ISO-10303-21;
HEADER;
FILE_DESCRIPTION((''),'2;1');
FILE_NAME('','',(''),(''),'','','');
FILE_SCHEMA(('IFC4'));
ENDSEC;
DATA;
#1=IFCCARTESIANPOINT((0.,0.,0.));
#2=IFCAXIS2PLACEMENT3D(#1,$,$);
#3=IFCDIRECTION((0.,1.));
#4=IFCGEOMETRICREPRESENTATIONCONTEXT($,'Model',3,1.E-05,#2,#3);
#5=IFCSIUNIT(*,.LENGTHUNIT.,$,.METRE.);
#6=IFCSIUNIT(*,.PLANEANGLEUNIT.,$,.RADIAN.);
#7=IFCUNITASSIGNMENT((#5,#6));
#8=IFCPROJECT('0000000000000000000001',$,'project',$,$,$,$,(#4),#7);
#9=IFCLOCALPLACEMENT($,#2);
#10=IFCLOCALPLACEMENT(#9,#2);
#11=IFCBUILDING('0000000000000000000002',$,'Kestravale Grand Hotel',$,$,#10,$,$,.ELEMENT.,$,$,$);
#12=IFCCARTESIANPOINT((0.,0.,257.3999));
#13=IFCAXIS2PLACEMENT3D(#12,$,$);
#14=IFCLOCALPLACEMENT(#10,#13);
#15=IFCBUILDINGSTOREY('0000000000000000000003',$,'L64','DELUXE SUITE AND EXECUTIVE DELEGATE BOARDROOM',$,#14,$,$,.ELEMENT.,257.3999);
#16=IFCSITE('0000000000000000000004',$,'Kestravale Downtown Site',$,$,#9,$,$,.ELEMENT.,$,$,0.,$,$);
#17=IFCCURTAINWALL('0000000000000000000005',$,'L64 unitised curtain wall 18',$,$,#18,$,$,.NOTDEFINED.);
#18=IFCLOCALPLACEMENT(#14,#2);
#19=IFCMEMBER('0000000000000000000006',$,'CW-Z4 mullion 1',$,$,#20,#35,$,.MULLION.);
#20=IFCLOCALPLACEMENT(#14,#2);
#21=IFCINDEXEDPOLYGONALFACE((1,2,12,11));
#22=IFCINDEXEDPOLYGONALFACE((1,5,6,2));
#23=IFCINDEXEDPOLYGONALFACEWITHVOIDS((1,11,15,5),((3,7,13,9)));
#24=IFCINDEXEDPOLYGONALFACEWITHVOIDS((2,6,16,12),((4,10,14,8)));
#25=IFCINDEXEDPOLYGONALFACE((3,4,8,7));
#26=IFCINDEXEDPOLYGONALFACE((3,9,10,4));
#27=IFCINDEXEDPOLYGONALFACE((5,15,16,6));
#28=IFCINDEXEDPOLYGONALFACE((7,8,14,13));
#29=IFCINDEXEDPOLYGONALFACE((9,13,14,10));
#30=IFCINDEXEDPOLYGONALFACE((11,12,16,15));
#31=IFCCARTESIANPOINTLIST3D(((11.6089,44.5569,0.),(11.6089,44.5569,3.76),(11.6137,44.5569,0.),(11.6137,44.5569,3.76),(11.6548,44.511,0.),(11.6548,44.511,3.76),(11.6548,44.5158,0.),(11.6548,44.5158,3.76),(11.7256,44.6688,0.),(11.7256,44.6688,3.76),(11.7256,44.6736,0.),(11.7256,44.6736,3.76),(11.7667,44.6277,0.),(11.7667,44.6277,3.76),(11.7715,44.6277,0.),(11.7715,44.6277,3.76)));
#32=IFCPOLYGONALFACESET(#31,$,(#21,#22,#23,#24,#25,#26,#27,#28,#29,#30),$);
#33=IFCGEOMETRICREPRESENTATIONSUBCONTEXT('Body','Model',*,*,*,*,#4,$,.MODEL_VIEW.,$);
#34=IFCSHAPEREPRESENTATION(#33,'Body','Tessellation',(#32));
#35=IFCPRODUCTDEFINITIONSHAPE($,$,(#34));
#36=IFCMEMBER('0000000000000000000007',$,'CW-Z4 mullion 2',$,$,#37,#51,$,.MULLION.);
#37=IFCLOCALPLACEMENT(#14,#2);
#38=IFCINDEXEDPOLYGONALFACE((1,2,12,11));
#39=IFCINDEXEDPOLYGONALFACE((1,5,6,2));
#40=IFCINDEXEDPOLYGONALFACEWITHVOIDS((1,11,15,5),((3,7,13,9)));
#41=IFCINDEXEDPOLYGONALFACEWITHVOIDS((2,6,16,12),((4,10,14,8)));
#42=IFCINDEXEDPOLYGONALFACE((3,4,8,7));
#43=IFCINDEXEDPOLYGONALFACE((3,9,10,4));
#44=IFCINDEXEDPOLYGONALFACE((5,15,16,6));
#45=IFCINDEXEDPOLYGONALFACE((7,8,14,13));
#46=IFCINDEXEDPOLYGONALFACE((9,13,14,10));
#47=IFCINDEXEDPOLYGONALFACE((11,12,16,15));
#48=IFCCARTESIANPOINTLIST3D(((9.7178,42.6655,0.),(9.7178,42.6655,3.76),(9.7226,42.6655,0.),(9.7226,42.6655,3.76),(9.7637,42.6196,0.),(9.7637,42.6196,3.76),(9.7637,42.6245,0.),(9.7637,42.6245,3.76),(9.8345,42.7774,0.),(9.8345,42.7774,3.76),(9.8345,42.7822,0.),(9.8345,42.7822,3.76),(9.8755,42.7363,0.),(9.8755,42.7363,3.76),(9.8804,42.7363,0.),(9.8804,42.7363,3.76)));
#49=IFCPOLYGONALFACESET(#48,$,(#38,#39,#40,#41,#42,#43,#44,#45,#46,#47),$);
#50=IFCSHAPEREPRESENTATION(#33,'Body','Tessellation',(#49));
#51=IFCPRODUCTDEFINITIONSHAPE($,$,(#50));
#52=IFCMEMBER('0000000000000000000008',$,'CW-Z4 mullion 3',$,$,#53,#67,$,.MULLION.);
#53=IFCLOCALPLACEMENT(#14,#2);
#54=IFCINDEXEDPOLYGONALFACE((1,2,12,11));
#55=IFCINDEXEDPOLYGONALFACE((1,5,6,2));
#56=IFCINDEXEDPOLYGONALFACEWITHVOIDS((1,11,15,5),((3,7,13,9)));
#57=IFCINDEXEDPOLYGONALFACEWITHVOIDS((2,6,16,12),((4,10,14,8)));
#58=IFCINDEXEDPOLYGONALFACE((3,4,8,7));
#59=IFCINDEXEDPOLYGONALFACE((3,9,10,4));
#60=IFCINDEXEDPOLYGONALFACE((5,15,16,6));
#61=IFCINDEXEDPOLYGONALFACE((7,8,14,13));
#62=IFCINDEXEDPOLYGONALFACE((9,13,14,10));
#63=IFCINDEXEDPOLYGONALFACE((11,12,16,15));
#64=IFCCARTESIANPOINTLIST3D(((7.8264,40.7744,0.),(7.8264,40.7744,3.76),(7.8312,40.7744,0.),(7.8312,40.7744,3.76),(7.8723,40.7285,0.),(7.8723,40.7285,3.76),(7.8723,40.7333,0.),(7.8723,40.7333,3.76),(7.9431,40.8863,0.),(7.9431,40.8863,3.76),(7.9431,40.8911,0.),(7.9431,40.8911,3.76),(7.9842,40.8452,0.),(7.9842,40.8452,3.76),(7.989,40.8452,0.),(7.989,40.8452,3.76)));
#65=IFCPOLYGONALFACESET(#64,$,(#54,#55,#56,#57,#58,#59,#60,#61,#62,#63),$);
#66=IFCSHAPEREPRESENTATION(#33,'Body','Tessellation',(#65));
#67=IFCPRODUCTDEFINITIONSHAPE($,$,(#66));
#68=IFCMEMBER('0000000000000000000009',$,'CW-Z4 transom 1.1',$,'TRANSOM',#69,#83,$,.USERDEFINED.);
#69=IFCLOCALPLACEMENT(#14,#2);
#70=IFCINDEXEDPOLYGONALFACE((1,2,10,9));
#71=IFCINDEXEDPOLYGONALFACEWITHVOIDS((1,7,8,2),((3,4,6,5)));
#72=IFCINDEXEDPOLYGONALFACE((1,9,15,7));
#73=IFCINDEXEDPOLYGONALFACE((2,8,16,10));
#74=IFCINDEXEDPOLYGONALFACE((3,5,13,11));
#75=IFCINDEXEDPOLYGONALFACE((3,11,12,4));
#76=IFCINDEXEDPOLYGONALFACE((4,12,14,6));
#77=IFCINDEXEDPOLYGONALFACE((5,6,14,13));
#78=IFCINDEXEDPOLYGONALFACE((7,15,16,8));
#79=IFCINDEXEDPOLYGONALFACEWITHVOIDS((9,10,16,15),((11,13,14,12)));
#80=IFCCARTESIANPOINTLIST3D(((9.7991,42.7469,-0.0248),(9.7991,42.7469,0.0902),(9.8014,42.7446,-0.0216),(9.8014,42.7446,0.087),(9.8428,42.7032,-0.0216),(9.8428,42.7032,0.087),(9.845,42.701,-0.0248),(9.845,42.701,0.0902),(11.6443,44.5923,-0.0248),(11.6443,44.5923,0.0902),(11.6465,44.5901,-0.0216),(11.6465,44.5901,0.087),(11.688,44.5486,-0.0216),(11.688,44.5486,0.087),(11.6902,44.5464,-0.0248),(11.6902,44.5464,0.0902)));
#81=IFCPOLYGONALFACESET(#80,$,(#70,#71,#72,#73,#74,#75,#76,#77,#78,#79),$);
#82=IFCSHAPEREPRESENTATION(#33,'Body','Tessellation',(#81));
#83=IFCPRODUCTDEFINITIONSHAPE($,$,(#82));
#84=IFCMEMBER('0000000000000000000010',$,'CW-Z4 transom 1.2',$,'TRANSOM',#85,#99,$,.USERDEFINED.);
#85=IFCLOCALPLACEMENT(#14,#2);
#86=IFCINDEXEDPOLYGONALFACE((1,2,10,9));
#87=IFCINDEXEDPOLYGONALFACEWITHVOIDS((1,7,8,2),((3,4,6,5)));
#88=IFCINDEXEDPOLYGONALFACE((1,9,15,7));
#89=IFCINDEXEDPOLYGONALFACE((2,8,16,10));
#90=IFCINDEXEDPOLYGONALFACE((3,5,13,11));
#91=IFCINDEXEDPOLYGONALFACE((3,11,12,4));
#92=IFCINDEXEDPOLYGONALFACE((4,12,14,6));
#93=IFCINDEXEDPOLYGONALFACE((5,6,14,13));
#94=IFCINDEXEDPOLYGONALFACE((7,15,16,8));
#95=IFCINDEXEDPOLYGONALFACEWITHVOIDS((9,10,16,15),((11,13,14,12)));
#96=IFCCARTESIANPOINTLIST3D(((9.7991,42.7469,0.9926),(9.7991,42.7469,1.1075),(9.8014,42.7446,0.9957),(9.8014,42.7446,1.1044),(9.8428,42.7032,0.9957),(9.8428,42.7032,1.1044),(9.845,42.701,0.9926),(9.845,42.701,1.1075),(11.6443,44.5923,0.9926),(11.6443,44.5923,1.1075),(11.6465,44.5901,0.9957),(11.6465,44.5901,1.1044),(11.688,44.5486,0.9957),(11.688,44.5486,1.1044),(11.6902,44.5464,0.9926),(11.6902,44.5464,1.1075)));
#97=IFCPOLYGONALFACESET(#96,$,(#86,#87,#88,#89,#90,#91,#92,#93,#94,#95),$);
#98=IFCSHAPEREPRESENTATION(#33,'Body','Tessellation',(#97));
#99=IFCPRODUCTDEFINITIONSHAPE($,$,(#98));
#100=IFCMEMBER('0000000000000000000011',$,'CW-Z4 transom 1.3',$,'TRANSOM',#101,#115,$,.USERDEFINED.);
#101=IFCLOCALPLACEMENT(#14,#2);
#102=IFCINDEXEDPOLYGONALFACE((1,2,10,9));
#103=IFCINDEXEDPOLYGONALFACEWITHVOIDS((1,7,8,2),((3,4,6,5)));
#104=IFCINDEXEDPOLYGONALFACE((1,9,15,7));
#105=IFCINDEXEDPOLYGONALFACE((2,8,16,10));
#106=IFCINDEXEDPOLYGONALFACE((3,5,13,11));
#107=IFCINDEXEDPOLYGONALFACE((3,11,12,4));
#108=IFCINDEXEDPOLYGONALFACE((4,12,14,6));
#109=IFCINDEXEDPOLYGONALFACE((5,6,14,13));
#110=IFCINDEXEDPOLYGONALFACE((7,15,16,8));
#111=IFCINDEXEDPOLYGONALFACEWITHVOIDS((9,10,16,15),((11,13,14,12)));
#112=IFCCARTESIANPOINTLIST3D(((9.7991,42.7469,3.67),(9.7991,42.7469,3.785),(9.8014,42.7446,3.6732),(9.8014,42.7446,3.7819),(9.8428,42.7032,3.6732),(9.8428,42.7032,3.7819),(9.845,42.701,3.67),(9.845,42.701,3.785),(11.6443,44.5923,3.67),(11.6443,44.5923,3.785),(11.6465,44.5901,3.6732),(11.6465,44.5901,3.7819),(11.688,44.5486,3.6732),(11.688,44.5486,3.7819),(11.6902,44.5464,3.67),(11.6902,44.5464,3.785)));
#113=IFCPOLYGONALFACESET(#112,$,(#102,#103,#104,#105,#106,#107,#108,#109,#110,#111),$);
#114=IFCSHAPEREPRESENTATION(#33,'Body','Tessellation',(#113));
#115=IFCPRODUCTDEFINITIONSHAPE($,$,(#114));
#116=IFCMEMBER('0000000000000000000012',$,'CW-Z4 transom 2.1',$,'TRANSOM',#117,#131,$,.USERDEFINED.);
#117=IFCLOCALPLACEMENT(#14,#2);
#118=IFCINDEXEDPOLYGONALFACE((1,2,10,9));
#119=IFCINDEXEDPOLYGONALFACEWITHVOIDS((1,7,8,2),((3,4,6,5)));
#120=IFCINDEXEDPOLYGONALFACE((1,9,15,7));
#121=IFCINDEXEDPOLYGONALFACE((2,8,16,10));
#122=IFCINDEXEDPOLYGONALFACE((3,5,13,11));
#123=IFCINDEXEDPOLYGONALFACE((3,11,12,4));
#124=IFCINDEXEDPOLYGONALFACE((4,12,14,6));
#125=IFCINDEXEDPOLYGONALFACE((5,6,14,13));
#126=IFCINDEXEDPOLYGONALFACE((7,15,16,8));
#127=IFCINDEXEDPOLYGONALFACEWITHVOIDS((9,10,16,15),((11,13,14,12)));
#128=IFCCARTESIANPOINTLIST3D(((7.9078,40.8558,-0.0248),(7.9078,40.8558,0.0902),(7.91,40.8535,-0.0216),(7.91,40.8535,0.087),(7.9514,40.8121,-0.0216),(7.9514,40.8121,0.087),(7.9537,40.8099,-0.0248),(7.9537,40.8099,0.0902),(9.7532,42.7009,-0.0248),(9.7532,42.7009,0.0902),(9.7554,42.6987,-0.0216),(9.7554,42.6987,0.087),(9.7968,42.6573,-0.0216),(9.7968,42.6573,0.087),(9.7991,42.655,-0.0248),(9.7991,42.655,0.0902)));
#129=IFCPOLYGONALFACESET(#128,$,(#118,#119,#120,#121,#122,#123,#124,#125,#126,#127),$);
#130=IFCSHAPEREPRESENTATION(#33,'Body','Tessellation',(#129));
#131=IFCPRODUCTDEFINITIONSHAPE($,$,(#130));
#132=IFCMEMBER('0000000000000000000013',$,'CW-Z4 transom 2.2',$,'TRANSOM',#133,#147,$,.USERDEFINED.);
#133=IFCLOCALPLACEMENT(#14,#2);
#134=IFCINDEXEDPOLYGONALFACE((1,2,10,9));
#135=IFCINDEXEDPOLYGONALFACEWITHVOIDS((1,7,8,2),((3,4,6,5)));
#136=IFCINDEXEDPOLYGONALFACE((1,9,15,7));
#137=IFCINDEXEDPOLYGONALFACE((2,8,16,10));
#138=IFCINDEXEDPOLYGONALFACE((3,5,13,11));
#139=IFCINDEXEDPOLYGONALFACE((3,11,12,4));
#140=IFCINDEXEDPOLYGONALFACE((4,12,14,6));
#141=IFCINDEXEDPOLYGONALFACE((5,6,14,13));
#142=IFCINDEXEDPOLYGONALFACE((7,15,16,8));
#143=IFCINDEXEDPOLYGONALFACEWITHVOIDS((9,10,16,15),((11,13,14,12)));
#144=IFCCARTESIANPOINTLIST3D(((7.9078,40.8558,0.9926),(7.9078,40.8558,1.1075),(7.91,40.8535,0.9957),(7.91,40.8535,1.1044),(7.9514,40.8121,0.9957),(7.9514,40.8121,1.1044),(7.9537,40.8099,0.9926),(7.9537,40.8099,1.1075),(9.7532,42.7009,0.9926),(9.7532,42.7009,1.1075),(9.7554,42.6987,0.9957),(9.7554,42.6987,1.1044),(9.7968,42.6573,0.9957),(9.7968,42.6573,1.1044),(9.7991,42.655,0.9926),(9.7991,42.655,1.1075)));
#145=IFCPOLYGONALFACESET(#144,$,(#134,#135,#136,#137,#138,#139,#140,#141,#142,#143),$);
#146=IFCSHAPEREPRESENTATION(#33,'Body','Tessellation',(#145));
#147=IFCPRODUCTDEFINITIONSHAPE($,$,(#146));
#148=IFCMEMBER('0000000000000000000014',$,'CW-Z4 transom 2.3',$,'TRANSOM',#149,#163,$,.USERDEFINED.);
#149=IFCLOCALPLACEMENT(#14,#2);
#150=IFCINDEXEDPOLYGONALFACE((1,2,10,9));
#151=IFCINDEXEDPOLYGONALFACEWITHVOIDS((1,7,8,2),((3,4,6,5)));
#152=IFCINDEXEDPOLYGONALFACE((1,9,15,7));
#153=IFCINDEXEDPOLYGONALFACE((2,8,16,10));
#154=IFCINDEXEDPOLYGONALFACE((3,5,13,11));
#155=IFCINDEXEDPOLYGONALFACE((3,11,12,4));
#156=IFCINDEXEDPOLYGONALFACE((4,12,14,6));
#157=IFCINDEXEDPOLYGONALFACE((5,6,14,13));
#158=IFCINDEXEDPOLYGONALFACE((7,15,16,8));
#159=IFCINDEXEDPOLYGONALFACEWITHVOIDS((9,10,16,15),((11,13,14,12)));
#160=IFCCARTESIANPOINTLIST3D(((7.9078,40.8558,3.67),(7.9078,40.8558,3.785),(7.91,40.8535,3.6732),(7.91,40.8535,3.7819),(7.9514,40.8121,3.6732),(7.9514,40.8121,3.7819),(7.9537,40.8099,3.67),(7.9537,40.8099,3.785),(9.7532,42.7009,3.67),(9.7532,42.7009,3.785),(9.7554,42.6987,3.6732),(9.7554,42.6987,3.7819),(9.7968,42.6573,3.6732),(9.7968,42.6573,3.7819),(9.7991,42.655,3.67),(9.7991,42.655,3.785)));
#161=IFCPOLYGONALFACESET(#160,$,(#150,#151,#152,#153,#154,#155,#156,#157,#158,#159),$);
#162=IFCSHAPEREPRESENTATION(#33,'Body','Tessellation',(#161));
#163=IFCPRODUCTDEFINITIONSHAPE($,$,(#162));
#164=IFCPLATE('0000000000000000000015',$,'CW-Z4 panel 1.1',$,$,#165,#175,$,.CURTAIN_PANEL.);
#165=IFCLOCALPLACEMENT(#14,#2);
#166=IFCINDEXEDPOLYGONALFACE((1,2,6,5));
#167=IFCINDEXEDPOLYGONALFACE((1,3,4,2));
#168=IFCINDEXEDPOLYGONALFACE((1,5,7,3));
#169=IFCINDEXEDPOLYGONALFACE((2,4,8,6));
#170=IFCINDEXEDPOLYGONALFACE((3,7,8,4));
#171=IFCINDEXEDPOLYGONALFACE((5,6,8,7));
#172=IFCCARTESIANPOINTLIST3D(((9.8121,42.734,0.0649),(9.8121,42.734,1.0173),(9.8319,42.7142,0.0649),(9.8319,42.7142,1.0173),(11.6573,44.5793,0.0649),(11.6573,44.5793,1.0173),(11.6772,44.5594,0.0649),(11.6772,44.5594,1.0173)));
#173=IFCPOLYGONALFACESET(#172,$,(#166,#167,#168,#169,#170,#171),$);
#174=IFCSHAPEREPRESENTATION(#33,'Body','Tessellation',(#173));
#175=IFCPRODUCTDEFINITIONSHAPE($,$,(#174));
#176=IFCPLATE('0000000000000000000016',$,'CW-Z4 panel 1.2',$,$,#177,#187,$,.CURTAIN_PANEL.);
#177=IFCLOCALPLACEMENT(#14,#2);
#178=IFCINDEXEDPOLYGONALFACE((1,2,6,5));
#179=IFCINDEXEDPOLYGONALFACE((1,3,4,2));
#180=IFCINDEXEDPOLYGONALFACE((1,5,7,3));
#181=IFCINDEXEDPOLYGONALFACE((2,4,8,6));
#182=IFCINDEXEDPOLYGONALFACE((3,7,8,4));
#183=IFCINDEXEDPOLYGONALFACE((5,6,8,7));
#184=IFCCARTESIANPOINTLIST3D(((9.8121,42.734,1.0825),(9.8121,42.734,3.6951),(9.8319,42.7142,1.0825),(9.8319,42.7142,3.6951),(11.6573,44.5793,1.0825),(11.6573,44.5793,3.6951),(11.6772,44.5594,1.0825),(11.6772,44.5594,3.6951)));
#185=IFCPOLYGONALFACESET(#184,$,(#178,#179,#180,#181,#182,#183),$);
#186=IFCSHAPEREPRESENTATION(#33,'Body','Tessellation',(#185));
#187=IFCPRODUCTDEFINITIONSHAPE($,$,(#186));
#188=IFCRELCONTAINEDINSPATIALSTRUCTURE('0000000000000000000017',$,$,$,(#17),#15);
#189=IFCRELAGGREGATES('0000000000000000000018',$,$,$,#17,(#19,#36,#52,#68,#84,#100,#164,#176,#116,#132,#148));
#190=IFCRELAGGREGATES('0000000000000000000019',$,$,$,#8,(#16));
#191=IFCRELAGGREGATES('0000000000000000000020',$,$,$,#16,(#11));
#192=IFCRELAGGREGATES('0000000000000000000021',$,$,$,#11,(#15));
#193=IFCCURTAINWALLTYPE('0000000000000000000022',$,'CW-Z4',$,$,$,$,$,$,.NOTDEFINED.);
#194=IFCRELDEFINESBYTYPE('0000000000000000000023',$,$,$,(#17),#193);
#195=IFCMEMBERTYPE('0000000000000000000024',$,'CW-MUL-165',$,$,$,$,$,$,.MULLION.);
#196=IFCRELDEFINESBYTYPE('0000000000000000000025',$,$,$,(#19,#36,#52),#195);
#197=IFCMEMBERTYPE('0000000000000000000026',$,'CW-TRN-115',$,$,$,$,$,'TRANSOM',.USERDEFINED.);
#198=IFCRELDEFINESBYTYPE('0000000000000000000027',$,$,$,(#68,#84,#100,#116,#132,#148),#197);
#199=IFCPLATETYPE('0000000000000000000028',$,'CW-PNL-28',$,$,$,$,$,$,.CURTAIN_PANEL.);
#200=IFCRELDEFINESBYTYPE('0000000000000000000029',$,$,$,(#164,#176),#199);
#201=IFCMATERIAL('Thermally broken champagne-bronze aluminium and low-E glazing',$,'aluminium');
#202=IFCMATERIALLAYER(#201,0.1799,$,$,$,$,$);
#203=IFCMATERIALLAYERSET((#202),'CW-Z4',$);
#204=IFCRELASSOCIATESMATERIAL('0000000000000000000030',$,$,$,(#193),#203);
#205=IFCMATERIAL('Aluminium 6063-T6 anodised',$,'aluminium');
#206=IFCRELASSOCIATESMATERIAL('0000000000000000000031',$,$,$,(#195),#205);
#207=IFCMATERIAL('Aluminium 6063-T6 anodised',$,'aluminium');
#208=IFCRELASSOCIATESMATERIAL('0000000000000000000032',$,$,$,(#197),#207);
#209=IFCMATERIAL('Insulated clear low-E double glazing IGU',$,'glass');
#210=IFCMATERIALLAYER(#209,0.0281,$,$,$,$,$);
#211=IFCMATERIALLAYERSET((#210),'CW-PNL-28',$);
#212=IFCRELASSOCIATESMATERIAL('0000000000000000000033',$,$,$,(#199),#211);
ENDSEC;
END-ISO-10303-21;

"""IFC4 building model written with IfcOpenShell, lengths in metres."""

from ifc_helpers import new_model, si_unit, direction, frame, origin, origin_2d, place, context, subcontext, project, spatial, rectangle, hollow_rectangle, extrude, material, layer, layer_set, material_profile, profile_set, type_object, element, aggregate, save


model = new_model("IFC4")

# Units and contexts
model_context = context("Model", 3, precision=1e-05, world=origin(), true_north=direction((0.0, 1.0)))
body_context = subcontext(model_context, "Body", "Model", "MODEL_VIEW")
ifc_project = project(units=[si_unit("LENGTHUNIT", "METRE"), si_unit("PLANEANGLEUNIT", "RADIAN")], contexts=[model_context])

# Site, building, storey
site_placement = place(None, origin())
site = spatial("IfcSite", under=ifc_project, at=site_placement, Name="Kestravale Downtown Site", CompositionType="ELEMENT", RefElevation=0.0)
building_placement = place(site_placement, origin())
building = spatial("IfcBuilding", under=site, at=building_placement, Name="Kestravale Grand Hotel", CompositionType="ELEMENT")
storey_placement = place(building_placement, frame((0.0, 0.0, 257.3999)))
storey = spatial("IfcBuildingStorey", under=building, at=storey_placement, Name="L64", Description="DELUXE SUITE AND EXECUTIVE DELEGATE BOARDROOM", CompositionType="ELEMENT", Elevation=257.3999)

# Curtain wall, members, plates
ifc_material_1 = material(Name="Thermally broken champagne-bronze aluminium and low-E glazing", Category="aluminium")
ifc_layer_1 = layer(ifc_material_1, 0.1799)
ifc_layer_set_1 = layer_set([ifc_layer_1], Name="CW-Z4")
curtain_wall_type = type_object("IfcCurtainWallType", Name="CW-Z4", PredefinedType="NOTDEFINED", material=ifc_layer_set_1)
curtain_wall_placement = place(storey_placement, origin())
curtain_wall = element("IfcCurtainWall", 1, at=curtain_wall_placement, inside=storey, type_object=curtain_wall_type, Name="L64 unitised curtain wall 18", PredefinedType="NOTDEFINED")
ifc_material_2 = material(Name="Aluminium 6063-T6 anodised", Category="aluminium")
ifc_material_profile_1 = material_profile(ifc_material_2, hollow_rectangle(XDim=0.0649, YDim=0.165, WallThickness=0.0034, at=origin_2d()))
ifc_profile_set_1 = profile_set([ifc_material_profile_1], Name="Aluminium 6063-T6 anodised")
member_type_1 = type_object("IfcMemberType", Name="CW-MUL-165", PredefinedType="MULLION", material=ifc_profile_set_1)
member_1_placement = place(storey_placement, frame((11.6902, 44.5923, 0.0), z_axis=(0.0, 0.0, 1.0), x_axis=(0.707107, -0.707107, 0.0)))
member_1 = element("IfcMember", 2, at=member_1_placement, type_object=member_type_1, Name="CW-Z4 mullion 1", PredefinedType="MULLION", context=body_context, shape_type="SweptSolid", body=[
    extrude(hollow_rectangle(XDim=0.0649, YDim=0.165, WallThickness=0.0034, at=origin_2d()), origin(), (0.0, 0.0, 1.0), 3.76),
])
member_2_placement = place(storey_placement, frame((9.7991, 42.7009, 0.0), z_axis=(0.0, 0.0, 1.0), x_axis=(0.707107, -0.707107, 0.0)))
member_2 = element("IfcMember", 3, at=member_2_placement, type_object=member_type_1, Name="CW-Z4 mullion 2", PredefinedType="MULLION", context=body_context, shape_type="SweptSolid", body=[
    extrude(hollow_rectangle(XDim=0.0649, YDim=0.165, WallThickness=0.0034, at=origin_2d()), origin(), (0.0, 0.0, 1.0), 3.76),
])
member_3_placement = place(storey_placement, frame((7.9077, 40.8098, 0.0), z_axis=(0.0, 0.0, 1.0), x_axis=(0.707107, -0.707107, 0.0)))
member_3 = element("IfcMember", 4, at=member_3_placement, type_object=member_type_1, Name="CW-Z4 mullion 3", PredefinedType="MULLION", context=body_context, shape_type="SweptSolid", body=[
    extrude(hollow_rectangle(XDim=0.0649, YDim=0.165, WallThickness=0.0034, at=origin_2d()), origin(), (0.0, 0.0, 1.0), 3.76),
])
ifc_material_3 = material(Name="Aluminium 6063-T6 anodised", Category="aluminium")
ifc_material_profile_2 = material_profile(ifc_material_3, hollow_rectangle(XDim=0.0649, YDim=0.115, WallThickness=0.0032, at=origin_2d()))
ifc_profile_set_2 = profile_set([ifc_material_profile_2], Name="Aluminium 6063-T6 anodised")
member_type_2 = type_object("IfcMemberType", Name="CW-TRN-115", ElementType="TRANSOM", PredefinedType="USERDEFINED", material=ifc_profile_set_2)
member_4_placement = place(storey_placement, frame((11.6672, 44.5693, 0.0327), z_axis=(-0.70706, -0.707154, 0.0), x_axis=(0.707154, -0.70706, 0.0)))
member_4 = element("IfcMember", 5, at=member_4_placement, type_object=member_type_2, Name="CW-Z4 transom 1.1", ObjectType="TRANSOM", PredefinedType="USERDEFINED", context=body_context, shape_type="SweptSolid", body=[
    extrude(hollow_rectangle(XDim=0.0649, YDim=0.115, WallThickness=0.0032, at=origin_2d()), origin(), (0.0, 0.0, 1.0), 2.6096),
])
member_5_placement = place(storey_placement, frame((11.6672, 44.5693, 1.05), z_axis=(-0.70706, -0.707154, 0.0), x_axis=(0.707154, -0.70706, 0.0)))
member_5 = element("IfcMember", 6, at=member_5_placement, type_object=member_type_2, Name="CW-Z4 transom 1.2", ObjectType="TRANSOM", PredefinedType="USERDEFINED", context=body_context, shape_type="SweptSolid", body=[
    extrude(hollow_rectangle(XDim=0.0649, YDim=0.115, WallThickness=0.0032, at=origin_2d()), origin(), (0.0, 0.0, 1.0), 2.6096),
])
member_6_placement = place(storey_placement, frame((11.6672, 44.5693, 3.7275), z_axis=(-0.70706, -0.707154, 0.0), x_axis=(0.707154, -0.70706, 0.0)))
member_6 = element("IfcMember", 7, at=member_6_placement, type_object=member_type_2, Name="CW-Z4 transom 1.3", ObjectType="TRANSOM", PredefinedType="USERDEFINED", context=body_context, shape_type="SweptSolid", body=[
    extrude(hollow_rectangle(XDim=0.0649, YDim=0.115, WallThickness=0.0032, at=origin_2d()), origin(), (0.0, 0.0, 1.0), 2.6096),
])
member_7_placement = place(storey_placement, frame((9.7761, 42.678, 0.0327), z_axis=(-0.707154, -0.70706, 0.0), x_axis=(0.70706, -0.707154, 0.0)))
member_7 = element("IfcMember", 8, at=member_7_placement, type_object=member_type_2, Name="CW-Z4 transom 2.1", ObjectType="TRANSOM", PredefinedType="USERDEFINED", context=body_context, shape_type="SweptSolid", body=[
    extrude(hollow_rectangle(XDim=0.0649, YDim=0.115, WallThickness=0.0032, at=origin_2d()), origin(), (0.0, 0.0, 1.0), 2.6096),
])
member_8_placement = place(storey_placement, frame((9.7761, 42.678, 1.05), z_axis=(-0.707154, -0.70706, 0.0), x_axis=(0.70706, -0.707154, 0.0)))
member_8 = element("IfcMember", 9, at=member_8_placement, type_object=member_type_2, Name="CW-Z4 transom 2.2", ObjectType="TRANSOM", PredefinedType="USERDEFINED", context=body_context, shape_type="SweptSolid", body=[
    extrude(hollow_rectangle(XDim=0.0649, YDim=0.115, WallThickness=0.0032, at=origin_2d()), origin(), (0.0, 0.0, 1.0), 2.6096),
])
member_9_placement = place(storey_placement, frame((9.7761, 42.678, 3.7275), z_axis=(-0.707154, -0.70706, 0.0), x_axis=(0.70706, -0.707154, 0.0)))
member_9 = element("IfcMember", 10, at=member_9_placement, type_object=member_type_2, Name="CW-Z4 transom 2.3", ObjectType="TRANSOM", PredefinedType="USERDEFINED", context=body_context, shape_type="SweptSolid", body=[
    extrude(hollow_rectangle(XDim=0.0649, YDim=0.115, WallThickness=0.0032, at=origin_2d()), origin(), (0.0, 0.0, 1.0), 2.6096),
])
ifc_material_4 = material(Name="Insulated clear low-E double glazing IGU", Category="glass")
ifc_layer_2 = layer(ifc_material_4, 0.0281)
ifc_layer_set_2 = layer_set([ifc_layer_2], Name="CW-PNL-28")
plate_type = type_object("IfcPlateType", Name="CW-PNL-28", PredefinedType="CURTAIN_PANEL", material=ifc_layer_set_2)
plate_1_placement = place(storey_placement, frame((10.7446, 43.6467, 0.0649), z_axis=(0.0, 0.0, 1.0), x_axis=(-0.707107, -0.707107, 0.0)))
plate_1 = element("IfcPlate", 11, at=plate_1_placement, type_object=plate_type, Name="CW-Z4 panel 1.1", PredefinedType="CURTAIN_PANEL", context=body_context, shape_type="SweptSolid", body=[
    extrude(rectangle(XDim=2.6096, YDim=0.0281, at=origin_2d()), origin(), (0.0, 0.0, 1.0), 0.9524),
])
plate_2_placement = place(storey_placement, frame((10.7446, 43.6467, 1.0825), z_axis=(0.0, 0.0, 1.0), x_axis=(-0.707107, -0.707107, 0.0)))
plate_2 = element("IfcPlate", 12, at=plate_2_placement, type_object=plate_type, Name="CW-Z4 panel 1.2", PredefinedType="CURTAIN_PANEL", context=body_context, shape_type="SweptSolid", body=[
    extrude(rectangle(XDim=2.6096, YDim=0.0281, at=origin_2d()), origin(), (0.0, 0.0, 1.0), 2.6125),
])
aggregate(curtain_wall, [member_1, member_2, member_3, member_4, member_5, member_6, plate_1, plate_2, member_7, member_8, member_9])

save(model, "model.ifc")
